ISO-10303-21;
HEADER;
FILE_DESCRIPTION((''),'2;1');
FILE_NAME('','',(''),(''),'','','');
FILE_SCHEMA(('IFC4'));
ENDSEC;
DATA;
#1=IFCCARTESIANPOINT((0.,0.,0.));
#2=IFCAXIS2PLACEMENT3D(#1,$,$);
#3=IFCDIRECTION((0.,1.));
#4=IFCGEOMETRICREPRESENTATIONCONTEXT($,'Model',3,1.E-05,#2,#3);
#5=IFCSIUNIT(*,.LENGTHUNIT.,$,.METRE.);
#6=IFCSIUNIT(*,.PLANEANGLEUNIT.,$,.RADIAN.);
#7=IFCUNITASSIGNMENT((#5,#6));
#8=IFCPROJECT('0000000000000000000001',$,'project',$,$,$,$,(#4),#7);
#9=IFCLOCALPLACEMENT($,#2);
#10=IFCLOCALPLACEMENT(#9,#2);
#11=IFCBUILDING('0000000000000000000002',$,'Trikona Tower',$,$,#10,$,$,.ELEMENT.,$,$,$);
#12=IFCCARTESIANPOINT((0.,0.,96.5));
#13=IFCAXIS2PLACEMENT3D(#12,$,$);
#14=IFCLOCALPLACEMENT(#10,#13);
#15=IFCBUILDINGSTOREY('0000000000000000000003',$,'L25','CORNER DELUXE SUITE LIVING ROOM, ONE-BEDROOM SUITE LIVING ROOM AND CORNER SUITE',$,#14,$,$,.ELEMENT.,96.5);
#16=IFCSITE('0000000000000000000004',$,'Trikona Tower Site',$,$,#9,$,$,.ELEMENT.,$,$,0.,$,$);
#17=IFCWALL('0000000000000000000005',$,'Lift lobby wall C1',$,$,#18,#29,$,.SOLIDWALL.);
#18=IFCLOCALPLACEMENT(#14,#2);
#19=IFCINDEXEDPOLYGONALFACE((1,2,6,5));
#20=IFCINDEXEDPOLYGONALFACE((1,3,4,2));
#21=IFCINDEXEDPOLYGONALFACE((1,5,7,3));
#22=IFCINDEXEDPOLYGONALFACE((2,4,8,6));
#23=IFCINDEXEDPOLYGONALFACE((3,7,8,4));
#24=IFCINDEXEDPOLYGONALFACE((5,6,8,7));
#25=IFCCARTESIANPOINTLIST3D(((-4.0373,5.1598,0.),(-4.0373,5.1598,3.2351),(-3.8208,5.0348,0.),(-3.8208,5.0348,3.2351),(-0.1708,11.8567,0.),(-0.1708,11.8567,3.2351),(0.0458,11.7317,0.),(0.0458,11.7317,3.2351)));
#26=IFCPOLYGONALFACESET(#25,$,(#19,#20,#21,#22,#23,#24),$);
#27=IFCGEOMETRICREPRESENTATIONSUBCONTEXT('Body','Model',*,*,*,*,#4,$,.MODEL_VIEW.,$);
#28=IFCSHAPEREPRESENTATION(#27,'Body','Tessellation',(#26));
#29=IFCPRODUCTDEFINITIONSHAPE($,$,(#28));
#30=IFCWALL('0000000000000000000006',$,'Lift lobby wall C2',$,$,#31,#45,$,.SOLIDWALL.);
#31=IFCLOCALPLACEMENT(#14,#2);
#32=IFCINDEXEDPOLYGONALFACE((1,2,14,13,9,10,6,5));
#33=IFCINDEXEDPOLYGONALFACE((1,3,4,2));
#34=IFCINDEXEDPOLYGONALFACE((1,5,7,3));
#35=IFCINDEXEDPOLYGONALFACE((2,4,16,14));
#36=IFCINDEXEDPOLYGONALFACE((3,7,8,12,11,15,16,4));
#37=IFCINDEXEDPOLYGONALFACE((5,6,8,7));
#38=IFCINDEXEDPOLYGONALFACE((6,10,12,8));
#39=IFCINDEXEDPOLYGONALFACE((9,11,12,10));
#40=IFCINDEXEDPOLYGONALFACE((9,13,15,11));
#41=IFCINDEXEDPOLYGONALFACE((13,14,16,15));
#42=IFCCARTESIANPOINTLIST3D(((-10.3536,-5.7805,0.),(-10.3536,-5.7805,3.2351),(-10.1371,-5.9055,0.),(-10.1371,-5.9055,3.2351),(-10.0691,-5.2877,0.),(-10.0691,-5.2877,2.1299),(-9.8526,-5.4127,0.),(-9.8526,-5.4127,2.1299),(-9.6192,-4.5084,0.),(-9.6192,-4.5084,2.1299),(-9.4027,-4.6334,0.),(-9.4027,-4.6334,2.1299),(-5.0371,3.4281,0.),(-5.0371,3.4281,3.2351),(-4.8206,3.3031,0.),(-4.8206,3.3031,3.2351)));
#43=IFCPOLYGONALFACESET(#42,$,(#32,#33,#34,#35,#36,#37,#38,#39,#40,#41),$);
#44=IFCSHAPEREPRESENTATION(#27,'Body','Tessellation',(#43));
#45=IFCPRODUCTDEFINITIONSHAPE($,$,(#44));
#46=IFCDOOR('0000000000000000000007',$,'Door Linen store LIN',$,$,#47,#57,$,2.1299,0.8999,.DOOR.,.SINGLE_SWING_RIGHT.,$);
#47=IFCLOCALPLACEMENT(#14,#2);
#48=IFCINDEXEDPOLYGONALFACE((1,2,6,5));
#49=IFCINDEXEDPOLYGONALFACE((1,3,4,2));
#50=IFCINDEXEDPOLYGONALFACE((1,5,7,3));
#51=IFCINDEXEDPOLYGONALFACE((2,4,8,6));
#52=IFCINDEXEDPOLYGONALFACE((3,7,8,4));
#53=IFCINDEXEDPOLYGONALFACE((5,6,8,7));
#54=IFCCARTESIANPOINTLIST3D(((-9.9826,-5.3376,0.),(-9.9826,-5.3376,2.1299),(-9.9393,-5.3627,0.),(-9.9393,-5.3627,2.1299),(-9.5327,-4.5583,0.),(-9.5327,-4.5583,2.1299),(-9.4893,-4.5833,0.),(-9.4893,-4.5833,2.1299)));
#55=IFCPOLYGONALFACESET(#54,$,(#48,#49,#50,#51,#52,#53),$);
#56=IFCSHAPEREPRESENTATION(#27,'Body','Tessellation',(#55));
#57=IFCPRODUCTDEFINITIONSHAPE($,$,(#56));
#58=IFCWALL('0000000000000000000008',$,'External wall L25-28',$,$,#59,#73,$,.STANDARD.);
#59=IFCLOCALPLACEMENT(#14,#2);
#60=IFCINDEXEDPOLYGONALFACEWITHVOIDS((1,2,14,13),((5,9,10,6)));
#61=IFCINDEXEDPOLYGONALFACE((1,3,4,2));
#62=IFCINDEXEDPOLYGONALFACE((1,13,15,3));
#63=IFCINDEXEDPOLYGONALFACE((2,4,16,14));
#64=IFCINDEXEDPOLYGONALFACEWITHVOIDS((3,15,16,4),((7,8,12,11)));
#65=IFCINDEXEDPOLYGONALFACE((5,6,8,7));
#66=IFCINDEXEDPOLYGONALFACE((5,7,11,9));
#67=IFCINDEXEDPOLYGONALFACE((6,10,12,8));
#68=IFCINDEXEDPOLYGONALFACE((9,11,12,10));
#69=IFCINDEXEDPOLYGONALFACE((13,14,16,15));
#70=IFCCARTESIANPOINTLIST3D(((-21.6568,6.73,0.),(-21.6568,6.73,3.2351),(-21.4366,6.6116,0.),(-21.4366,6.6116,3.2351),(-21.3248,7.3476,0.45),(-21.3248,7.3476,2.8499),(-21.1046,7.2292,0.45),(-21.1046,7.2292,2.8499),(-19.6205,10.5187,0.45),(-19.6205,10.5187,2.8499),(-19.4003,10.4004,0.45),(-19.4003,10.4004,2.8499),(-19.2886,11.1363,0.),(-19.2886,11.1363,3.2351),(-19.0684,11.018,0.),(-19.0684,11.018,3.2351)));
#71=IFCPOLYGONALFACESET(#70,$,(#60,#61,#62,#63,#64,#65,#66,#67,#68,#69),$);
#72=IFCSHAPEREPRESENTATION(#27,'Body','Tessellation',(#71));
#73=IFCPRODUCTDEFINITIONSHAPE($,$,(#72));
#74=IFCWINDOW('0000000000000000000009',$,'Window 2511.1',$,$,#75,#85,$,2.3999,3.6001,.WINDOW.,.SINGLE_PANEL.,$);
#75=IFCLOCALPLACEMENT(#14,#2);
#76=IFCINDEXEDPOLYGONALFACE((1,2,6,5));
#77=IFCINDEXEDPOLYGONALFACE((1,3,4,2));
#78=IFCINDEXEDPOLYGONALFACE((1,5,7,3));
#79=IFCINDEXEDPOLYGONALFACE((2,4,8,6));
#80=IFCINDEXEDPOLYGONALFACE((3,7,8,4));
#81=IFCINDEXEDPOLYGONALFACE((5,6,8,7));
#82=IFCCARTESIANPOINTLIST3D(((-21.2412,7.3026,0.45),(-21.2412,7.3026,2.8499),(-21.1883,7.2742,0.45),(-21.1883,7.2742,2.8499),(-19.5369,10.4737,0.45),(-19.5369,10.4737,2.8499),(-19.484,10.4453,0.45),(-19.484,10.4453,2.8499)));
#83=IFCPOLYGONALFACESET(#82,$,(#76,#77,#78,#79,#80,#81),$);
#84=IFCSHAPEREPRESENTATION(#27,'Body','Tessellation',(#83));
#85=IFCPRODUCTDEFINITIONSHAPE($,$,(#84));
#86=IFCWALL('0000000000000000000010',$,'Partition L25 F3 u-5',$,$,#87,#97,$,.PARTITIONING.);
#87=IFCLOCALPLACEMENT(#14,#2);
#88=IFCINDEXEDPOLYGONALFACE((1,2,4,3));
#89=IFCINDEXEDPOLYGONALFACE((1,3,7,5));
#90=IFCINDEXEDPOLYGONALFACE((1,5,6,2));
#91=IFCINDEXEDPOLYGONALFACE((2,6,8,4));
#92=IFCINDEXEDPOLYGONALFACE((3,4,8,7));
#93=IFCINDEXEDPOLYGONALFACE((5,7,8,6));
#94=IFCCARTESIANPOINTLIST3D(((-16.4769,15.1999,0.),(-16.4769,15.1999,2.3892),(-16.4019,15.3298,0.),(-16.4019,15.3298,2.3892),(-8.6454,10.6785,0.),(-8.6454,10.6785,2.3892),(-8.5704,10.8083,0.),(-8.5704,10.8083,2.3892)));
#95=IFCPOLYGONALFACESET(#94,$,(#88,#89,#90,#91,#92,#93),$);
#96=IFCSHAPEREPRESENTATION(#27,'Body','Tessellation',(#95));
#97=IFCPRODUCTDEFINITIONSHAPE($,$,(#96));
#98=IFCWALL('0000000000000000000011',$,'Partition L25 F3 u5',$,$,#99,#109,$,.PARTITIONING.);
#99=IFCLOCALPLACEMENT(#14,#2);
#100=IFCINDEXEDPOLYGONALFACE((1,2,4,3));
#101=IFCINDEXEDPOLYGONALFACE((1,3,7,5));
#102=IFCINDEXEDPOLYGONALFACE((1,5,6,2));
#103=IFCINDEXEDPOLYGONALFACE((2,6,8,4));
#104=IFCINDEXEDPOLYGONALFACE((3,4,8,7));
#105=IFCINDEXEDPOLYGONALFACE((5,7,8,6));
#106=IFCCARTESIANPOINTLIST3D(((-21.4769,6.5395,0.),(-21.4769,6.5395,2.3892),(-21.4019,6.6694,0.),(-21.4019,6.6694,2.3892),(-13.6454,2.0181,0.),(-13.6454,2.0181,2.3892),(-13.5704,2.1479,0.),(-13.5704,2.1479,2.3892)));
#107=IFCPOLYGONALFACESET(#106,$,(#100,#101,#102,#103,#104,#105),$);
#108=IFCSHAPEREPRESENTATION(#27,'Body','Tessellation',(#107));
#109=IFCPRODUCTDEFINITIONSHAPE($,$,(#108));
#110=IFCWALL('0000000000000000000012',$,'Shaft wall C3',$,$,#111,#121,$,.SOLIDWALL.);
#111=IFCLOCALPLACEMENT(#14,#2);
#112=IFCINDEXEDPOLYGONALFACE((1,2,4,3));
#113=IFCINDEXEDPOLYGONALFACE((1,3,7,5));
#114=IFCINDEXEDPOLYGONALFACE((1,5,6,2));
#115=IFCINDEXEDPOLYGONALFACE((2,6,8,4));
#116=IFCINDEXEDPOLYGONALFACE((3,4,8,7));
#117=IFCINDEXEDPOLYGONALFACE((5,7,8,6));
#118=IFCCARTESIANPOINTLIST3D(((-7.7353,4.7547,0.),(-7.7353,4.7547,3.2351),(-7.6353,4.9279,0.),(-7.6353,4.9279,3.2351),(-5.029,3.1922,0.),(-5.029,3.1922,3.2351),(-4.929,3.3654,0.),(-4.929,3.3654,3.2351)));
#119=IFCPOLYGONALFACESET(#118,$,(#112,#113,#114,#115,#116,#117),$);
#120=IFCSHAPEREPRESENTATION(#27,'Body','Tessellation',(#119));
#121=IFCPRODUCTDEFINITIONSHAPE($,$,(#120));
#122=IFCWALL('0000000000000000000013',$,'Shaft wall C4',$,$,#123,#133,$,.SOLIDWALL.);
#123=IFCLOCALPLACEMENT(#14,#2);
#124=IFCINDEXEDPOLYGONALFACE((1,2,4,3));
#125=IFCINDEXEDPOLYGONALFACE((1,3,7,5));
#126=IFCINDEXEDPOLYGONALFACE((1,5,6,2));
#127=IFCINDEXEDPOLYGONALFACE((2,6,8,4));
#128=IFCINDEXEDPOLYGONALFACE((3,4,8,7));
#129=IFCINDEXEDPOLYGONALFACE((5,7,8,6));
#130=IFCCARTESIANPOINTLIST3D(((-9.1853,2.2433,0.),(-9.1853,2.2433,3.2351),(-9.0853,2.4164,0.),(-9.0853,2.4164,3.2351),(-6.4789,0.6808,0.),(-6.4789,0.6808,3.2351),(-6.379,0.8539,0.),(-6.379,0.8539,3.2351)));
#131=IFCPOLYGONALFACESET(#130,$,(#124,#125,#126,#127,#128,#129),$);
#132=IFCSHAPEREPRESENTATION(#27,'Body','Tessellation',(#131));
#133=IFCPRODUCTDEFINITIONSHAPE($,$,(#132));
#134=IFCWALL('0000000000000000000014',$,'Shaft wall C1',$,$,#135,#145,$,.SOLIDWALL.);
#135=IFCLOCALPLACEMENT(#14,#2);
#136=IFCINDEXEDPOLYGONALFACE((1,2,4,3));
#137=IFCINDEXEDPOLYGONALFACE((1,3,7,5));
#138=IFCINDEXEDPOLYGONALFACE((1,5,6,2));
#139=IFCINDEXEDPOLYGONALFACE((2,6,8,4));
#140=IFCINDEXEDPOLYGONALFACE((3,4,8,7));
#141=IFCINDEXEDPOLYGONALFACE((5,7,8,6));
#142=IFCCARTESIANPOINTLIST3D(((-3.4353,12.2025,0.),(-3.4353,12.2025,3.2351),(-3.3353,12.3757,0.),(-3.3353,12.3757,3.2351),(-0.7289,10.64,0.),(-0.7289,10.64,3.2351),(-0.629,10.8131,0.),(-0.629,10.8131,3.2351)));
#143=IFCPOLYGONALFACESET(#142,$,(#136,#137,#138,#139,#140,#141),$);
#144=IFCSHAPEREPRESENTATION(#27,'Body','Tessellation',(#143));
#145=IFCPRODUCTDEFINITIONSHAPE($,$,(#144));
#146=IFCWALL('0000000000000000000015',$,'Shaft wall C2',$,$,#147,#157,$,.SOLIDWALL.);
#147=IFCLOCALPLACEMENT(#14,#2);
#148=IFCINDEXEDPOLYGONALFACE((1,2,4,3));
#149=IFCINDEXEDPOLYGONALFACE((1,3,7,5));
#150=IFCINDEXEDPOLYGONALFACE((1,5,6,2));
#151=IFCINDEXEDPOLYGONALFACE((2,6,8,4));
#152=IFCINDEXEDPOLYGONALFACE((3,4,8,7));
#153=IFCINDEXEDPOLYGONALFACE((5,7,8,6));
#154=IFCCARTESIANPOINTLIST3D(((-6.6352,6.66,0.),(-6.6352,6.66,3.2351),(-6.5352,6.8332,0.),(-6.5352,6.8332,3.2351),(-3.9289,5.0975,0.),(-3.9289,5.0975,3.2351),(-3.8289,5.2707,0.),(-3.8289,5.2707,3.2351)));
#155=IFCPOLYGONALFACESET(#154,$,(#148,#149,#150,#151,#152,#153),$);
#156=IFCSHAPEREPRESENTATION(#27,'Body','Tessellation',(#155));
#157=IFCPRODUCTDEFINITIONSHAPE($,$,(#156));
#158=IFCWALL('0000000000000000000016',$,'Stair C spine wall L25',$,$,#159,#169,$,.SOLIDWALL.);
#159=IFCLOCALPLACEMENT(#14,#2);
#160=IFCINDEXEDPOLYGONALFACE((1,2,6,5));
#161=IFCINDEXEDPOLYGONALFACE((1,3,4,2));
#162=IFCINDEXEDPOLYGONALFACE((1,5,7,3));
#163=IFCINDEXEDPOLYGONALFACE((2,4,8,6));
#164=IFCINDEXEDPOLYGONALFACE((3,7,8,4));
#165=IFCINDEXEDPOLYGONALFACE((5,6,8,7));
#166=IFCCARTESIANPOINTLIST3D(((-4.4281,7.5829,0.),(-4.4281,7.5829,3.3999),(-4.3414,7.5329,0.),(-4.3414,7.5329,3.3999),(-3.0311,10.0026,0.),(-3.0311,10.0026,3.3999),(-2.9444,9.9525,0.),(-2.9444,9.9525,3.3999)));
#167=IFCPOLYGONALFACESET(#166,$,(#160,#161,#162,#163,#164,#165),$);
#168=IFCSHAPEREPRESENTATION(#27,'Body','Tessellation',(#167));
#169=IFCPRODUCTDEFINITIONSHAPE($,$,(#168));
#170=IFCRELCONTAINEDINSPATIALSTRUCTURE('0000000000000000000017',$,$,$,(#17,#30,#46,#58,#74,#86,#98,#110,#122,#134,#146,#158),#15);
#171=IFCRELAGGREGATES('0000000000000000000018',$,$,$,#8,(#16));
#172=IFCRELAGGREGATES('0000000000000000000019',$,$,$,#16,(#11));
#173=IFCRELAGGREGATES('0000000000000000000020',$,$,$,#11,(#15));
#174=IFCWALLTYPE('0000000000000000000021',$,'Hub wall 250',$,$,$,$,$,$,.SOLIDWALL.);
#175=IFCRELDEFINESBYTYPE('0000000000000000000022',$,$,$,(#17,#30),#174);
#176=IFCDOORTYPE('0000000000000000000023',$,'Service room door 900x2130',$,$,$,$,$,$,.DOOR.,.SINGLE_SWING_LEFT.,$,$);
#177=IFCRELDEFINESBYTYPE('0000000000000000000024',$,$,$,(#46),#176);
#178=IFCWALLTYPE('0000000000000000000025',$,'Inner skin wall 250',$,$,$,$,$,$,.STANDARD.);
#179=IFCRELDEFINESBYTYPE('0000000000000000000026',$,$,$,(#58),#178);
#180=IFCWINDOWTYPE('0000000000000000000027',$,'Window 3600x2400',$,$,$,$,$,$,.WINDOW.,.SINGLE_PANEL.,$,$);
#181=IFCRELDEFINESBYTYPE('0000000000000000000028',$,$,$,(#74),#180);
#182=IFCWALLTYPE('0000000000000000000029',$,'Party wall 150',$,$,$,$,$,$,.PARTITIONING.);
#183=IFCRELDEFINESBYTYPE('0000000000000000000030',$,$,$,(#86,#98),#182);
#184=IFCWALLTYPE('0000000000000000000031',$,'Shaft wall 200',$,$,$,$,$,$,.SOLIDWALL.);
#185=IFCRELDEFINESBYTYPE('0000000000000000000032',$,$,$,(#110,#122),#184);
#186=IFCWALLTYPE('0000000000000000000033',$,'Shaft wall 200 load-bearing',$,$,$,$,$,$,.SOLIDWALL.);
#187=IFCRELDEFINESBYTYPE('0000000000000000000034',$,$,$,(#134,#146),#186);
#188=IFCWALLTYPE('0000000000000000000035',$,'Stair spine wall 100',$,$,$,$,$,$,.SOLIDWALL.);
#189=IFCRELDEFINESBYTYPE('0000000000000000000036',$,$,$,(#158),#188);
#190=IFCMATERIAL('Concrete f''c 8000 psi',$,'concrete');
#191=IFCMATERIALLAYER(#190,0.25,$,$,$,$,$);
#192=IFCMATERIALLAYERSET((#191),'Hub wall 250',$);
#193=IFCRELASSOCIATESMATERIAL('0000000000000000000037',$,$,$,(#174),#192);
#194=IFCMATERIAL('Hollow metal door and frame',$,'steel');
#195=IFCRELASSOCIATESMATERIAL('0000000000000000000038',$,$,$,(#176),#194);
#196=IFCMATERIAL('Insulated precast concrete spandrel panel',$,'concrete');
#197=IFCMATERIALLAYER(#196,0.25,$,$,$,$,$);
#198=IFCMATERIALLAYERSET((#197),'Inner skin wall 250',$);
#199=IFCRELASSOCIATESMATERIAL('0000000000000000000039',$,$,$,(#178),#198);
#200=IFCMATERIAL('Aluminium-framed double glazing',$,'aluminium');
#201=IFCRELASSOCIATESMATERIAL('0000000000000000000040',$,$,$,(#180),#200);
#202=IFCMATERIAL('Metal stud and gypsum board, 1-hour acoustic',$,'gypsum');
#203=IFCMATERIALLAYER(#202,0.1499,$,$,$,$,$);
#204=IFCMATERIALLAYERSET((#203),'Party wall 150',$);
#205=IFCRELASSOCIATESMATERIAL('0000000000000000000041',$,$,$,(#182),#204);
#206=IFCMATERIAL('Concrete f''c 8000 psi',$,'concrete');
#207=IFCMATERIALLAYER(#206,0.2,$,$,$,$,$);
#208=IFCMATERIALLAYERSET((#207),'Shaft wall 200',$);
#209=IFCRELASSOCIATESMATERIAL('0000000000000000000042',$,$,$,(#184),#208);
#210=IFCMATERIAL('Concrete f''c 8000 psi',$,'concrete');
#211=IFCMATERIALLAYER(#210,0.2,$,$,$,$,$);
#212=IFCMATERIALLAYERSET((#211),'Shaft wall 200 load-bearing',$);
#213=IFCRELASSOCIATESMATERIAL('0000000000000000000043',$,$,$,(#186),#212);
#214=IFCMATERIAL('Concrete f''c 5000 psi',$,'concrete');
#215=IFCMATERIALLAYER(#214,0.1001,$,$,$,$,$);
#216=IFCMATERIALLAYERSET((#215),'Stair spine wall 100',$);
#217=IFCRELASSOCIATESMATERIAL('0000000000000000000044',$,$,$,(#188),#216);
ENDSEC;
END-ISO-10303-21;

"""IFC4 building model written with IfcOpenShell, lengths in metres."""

from ifc_helpers import new_model, si_unit, direction, frame, frame_2d, origin, place, context, subcontext, project, spatial, rectangle, extrude, material, layer, layer_set, type_object, element, fill, save


model = new_model("IFC4")

# Units and contexts
model_context = context("Model", 3, precision=1e-05, world=origin(), true_north=direction((0.0, 1.0)))
body_context = subcontext(model_context, "Body", "Model", "MODEL_VIEW")
ifc_project = project(units=[si_unit("LENGTHUNIT", "METRE"), si_unit("PLANEANGLEUNIT", "RADIAN")], contexts=[model_context])

# Site, building, storey
site_placement = place(None, origin())
site = spatial("IfcSite", under=ifc_project, at=site_placement, Name="Trikona Tower Site", CompositionType="ELEMENT", RefElevation=0.0)
building_placement = place(site_placement, origin())
building = spatial("IfcBuilding", under=site, at=building_placement, Name="Trikona Tower", CompositionType="ELEMENT")
storey_placement = place(building_placement, frame((0.0, 0.0, 96.5)))
storey = spatial("IfcBuildingStorey", under=building, at=storey_placement, Name="L25", Description="CORNER DELUXE SUITE LIVING ROOM, ONE-BEDROOM SUITE LIVING ROOM AND CORNER SUITE", CompositionType="ELEMENT", Elevation=96.5)

# Wall
ifc_material_1 = material(Name="Concrete f'c 8000 psi", Category="concrete")
ifc_layer_1 = layer(ifc_material_1, 0.25)
ifc_layer_set_1 = layer_set([ifc_layer_1], Name="Hub wall 250")
wall_type_1 = type_object("IfcWallType", Name="Hub wall 250", PredefinedType="SOLIDWALL", material=ifc_layer_set_1)
wall_1_placement = place(storey_placement, frame((-0.0625, 11.7942, 0.0), z_axis=(0.0, 0.0, 1.0), x_axis=(-0.500007, -0.866022, 0.0)))
element("IfcWall", 1, at=wall_1_placement, inside=storey, type_object=wall_type_1, Name="Lift lobby wall C1", PredefinedType="SOLIDWALL", context=body_context, shape_type="SweptSolid", body=[
    extrude(rectangle(XDim=7.7329, YDim=0.25, at=frame_2d((3.8665, 0.0))), origin(), (0.0, 0.0, 1.0), 3.2351),
])

# Wall, opening, door
wall_2_placement = place(storey_placement, frame((-4.929, 3.3655, 0.0), z_axis=(0.0, 0.0, 1.0), x_axis=(-0.499991, -0.86603, 0.0)))
wall_2 = element("IfcWall", 2, at=wall_2_placement, inside=storey, type_object=wall_type_1, Name="Lift lobby wall C2", PredefinedType="SOLIDWALL", context=body_context, shape_type="SweptSolid", body=[
    extrude(rectangle(XDim=10.6331, YDim=0.25, at=frame_2d((5.3164, 0.0))), origin(), (0.0, 0.0, 1.0), 3.2351),
])
opening_1_placement = place(wall_2_placement, frame((9.1641, 0.0, 0.0)))
opening_1 = element("IfcOpeningElement", 3, at=opening_1_placement, cuts=wall_2, PredefinedType="OPENING", context=body_context, shape_type="SweptSolid", body=[
    extrude(rectangle(XDim=0.8999, YDim=2.1299, at=frame_2d((0.45, 1.0649))), frame((0.0, 0.135, 0.0), z_axis=(0.0, -1.0, 0.0), x_axis=(1.0, 0.0, 0.0)), (0.0, 0.0, 1.0), 0.27),
])
ifc_material_2 = material(Name="Hollow metal door and frame", Category="steel")
door_type_1 = type_object("IfcDoorType", Name="Service room door 900x2130", OperationType="SINGLE_SWING_LEFT", PredefinedType="DOOR", material=ifc_material_2)
door_1_placement = place(opening_1_placement, origin())
door_1 = element("IfcDoor", 4, at=door_1_placement, inside=storey, type_object=door_type_1, Name="Door Linen store LIN", OperationType="SINGLE_SWING_RIGHT", OverallHeight=2.1299, OverallWidth=0.8999, PredefinedType="DOOR", context=body_context, shape_type="SweptSolid", body=[
    extrude(rectangle(XDim=0.8999, YDim=2.1299, at=frame_2d((0.45, 1.0649))), frame((0.0, 0.0249, 0.0), z_axis=(0.0, -1.0, 0.0), x_axis=(1.0, 0.0, 0.0)), (0.0, 0.0, 1.0), 0.05),
])
fill(opening_1, door_1)

# Wall, opening, window
ifc_material_3 = material(Name="Insulated precast concrete spandrel panel", Category="concrete")
ifc_layer_2 = layer(ifc_material_3, 0.25)
ifc_layer_set_2 = layer_set([ifc_layer_2], Name="Inner skin wall 250")
wall_type_2 = type_object("IfcWallType", Name="Inner skin wall 250", PredefinedType="STANDARD", material=ifc_layer_set_2)
wall_3_placement = place(storey_placement, frame((-19.1785, 11.0771, 0.0), z_axis=(0.0, 0.0, 1.0), x_axis=(-0.473413, -0.880841, 0.0)))
wall_3 = element("IfcWall", 5, at=wall_3_placement, inside=storey, type_object=wall_type_2, Name="External wall L25-28", PredefinedType="STANDARD", context=body_context, shape_type="SweptSolid", body=[
    extrude(rectangle(XDim=5.0024, YDim=0.25, at=frame_2d((2.5012, 0.0))), origin(), (0.0, 0.0, 1.0), 3.2351),
])
opening_2_placement = place(wall_3_placement, frame((0.7012, 0.0, 0.45)))
opening_2 = element("IfcOpeningElement", 6, at=opening_2_placement, cuts=wall_3, PredefinedType="OPENING", context=body_context, shape_type="SweptSolid", body=[
    extrude(rectangle(XDim=3.6001, YDim=2.3999, at=frame_2d((1.8, 1.2))), frame((0.0, 0.135, 0.0), z_axis=(0.0, -1.0, 0.0), x_axis=(1.0, 0.0, 0.0)), (0.0, 0.0, 1.0), 0.27),
])
ifc_material_4 = material(Name="Aluminium-framed double glazing", Category="aluminium")
window_type = type_object("IfcWindowType", Name="Window 3600x2400", PartitioningType="SINGLE_PANEL", PredefinedType="WINDOW", material=ifc_material_4)
window_placement = place(opening_2_placement, origin())
window = element("IfcWindow", 7, at=window_placement, inside=storey, type_object=window_type, Name="Window 2511.1", OverallHeight=2.3999, OverallWidth=3.6001, PartitioningType="SINGLE_PANEL", PredefinedType="WINDOW", context=body_context, shape_type="SweptSolid", body=[
    extrude(rectangle(XDim=3.6001, YDim=2.3999, at=frame_2d((1.8, 1.2))), frame((0.0, 0.03, 0.0), z_axis=(0.0, -1.0, 0.0), x_axis=(1.0, 0.0, 0.0)), (0.0, 0.0, 1.0), 0.0601),
])
fill(opening_2, window)

# Walls
ifc_material_5 = material(Name="Metal stud and gypsum board, 1-hour acoustic", Category="gypsum")
ifc_layer_3 = layer(ifc_material_5, 0.1499)
ifc_layer_set_3 = layer_set([ifc_layer_3], Name="Party wall 150")
wall_type_3 = type_object("IfcWallType", Name="Party wall 150", PredefinedType="PARTITIONING", material=ifc_layer_set_3)
for number, where, z_axis, x_axis, name in (
    (8, (-8.6079, 10.7434, 0.0), (0.0, 0.0, 1.0), (-0.866028, 0.499995, 0.0), "Partition L25 F3 u-5"),
    (9, (-13.6079, 2.083, 0.0), (0.0, 0.0, 1.0), (-0.866028, 0.499995, 0.0), "Partition L25 F3 u5"),
):
    element("IfcWall", number, at=place(storey_placement, frame(where, z_axis=z_axis, x_axis=x_axis)), inside=storey, type_object=wall_type_3, Name=name, PredefinedType="PARTITIONING", context=body_context, shape_type="SweptSolid", body=[
        extrude(rectangle(XDim=9.043, YDim=0.1499, at=frame_2d((4.5215, 0.0))), origin(), (0.0, 0.0, 1.0), 2.3892),
    ])
ifc_material_6 = material(Name="Concrete f'c 8000 psi", Category="concrete")
ifc_layer_4 = layer(ifc_material_6, 0.2)
ifc_layer_set_4 = layer_set([ifc_layer_4], Name="Shaft wall 200")
wall_type_4 = type_object("IfcWallType", Name="Shaft wall 200", PredefinedType="SOLIDWALL", material=ifc_layer_set_4)
for number, where, z_axis, x_axis, name in (
    (10, (-4.979, 3.2788, 0.0), (0.0, 0.0, 1.0), (-0.866023, 0.500004, 0.0), "Shaft wall C3"),
    (11, (-6.429, 0.7673, 0.0), (0.0, 0.0, 1.0), (-0.866023, 0.500004, 0.0), "Shaft wall C4"),
):
    element("IfcWall", number, at=place(storey_placement, frame(where, z_axis=z_axis, x_axis=x_axis)), inside=storey, type_object=wall_type_4, Name=name, PredefinedType="SOLIDWALL", context=body_context, shape_type="SweptSolid", body=[
        extrude(rectangle(XDim=3.125, YDim=0.2, at=frame_2d((1.5625, 0.0))), origin(), (0.0, 0.0, 1.0), 3.2351),
    ])
ifc_material_7 = material(Name="Concrete f'c 8000 psi", Category="concrete")
ifc_layer_5 = layer(ifc_material_7, 0.2)
ifc_layer_set_5 = layer_set([ifc_layer_5], Name="Shaft wall 200 load-bearing")
wall_type_5 = type_object("IfcWallType", Name="Shaft wall 200 load-bearing", PredefinedType="SOLIDWALL", material=ifc_layer_set_5)
for number, where, z_axis, x_axis, name in (
    (12, (-0.679, 10.7266, 0.0), (0.0, 0.0, 1.0), (-0.866023, 0.500004, 0.0), "Shaft wall C1"),
    (13, (-3.8789, 5.1841, 0.0), (0.0, 0.0, 1.0), (-0.866023, 0.500004, 0.0), "Shaft wall C2"),
):
    element("IfcWall", number, at=place(storey_placement, frame(where, z_axis=z_axis, x_axis=x_axis)), inside=storey, type_object=wall_type_5, Name=name, PredefinedType="SOLIDWALL", context=body_context, shape_type="SweptSolid", body=[
        extrude(rectangle(XDim=3.125, YDim=0.2, at=frame_2d((1.5625, 0.0))), origin(), (0.0, 0.0, 1.0), 3.2351),
    ])
ifc_material_8 = material(Name="Concrete f'c 5000 psi", Category="concrete")
ifc_layer_6 = layer(ifc_material_8, 0.1001)
ifc_layer_set_6 = layer_set([ifc_layer_6], Name="Stair spine wall 100")
wall_type_6 = type_object("IfcWallType", Name="Stair spine wall 100", PredefinedType="SOLIDWALL", material=ifc_layer_set_6)
wall_4_placement = place(storey_placement, frame((-2.9878, 9.9775, 0.0), z_axis=(0.0, 0.0, 1.0), x_axis=(-0.499992, -0.86603, 0.0)))
element("IfcWall", 14, at=wall_4_placement, inside=storey, type_object=wall_type_6, Name="Stair C spine wall L25", PredefinedType="SOLIDWALL", context=body_context, shape_type="SweptSolid", body=[
    extrude(rectangle(XDim=2.7939, YDim=0.1001, at=frame_2d((1.397, 0.0))), origin(), (0.0, 0.0, 1.0), 3.3999),
])

save(model, "model.ifc")
